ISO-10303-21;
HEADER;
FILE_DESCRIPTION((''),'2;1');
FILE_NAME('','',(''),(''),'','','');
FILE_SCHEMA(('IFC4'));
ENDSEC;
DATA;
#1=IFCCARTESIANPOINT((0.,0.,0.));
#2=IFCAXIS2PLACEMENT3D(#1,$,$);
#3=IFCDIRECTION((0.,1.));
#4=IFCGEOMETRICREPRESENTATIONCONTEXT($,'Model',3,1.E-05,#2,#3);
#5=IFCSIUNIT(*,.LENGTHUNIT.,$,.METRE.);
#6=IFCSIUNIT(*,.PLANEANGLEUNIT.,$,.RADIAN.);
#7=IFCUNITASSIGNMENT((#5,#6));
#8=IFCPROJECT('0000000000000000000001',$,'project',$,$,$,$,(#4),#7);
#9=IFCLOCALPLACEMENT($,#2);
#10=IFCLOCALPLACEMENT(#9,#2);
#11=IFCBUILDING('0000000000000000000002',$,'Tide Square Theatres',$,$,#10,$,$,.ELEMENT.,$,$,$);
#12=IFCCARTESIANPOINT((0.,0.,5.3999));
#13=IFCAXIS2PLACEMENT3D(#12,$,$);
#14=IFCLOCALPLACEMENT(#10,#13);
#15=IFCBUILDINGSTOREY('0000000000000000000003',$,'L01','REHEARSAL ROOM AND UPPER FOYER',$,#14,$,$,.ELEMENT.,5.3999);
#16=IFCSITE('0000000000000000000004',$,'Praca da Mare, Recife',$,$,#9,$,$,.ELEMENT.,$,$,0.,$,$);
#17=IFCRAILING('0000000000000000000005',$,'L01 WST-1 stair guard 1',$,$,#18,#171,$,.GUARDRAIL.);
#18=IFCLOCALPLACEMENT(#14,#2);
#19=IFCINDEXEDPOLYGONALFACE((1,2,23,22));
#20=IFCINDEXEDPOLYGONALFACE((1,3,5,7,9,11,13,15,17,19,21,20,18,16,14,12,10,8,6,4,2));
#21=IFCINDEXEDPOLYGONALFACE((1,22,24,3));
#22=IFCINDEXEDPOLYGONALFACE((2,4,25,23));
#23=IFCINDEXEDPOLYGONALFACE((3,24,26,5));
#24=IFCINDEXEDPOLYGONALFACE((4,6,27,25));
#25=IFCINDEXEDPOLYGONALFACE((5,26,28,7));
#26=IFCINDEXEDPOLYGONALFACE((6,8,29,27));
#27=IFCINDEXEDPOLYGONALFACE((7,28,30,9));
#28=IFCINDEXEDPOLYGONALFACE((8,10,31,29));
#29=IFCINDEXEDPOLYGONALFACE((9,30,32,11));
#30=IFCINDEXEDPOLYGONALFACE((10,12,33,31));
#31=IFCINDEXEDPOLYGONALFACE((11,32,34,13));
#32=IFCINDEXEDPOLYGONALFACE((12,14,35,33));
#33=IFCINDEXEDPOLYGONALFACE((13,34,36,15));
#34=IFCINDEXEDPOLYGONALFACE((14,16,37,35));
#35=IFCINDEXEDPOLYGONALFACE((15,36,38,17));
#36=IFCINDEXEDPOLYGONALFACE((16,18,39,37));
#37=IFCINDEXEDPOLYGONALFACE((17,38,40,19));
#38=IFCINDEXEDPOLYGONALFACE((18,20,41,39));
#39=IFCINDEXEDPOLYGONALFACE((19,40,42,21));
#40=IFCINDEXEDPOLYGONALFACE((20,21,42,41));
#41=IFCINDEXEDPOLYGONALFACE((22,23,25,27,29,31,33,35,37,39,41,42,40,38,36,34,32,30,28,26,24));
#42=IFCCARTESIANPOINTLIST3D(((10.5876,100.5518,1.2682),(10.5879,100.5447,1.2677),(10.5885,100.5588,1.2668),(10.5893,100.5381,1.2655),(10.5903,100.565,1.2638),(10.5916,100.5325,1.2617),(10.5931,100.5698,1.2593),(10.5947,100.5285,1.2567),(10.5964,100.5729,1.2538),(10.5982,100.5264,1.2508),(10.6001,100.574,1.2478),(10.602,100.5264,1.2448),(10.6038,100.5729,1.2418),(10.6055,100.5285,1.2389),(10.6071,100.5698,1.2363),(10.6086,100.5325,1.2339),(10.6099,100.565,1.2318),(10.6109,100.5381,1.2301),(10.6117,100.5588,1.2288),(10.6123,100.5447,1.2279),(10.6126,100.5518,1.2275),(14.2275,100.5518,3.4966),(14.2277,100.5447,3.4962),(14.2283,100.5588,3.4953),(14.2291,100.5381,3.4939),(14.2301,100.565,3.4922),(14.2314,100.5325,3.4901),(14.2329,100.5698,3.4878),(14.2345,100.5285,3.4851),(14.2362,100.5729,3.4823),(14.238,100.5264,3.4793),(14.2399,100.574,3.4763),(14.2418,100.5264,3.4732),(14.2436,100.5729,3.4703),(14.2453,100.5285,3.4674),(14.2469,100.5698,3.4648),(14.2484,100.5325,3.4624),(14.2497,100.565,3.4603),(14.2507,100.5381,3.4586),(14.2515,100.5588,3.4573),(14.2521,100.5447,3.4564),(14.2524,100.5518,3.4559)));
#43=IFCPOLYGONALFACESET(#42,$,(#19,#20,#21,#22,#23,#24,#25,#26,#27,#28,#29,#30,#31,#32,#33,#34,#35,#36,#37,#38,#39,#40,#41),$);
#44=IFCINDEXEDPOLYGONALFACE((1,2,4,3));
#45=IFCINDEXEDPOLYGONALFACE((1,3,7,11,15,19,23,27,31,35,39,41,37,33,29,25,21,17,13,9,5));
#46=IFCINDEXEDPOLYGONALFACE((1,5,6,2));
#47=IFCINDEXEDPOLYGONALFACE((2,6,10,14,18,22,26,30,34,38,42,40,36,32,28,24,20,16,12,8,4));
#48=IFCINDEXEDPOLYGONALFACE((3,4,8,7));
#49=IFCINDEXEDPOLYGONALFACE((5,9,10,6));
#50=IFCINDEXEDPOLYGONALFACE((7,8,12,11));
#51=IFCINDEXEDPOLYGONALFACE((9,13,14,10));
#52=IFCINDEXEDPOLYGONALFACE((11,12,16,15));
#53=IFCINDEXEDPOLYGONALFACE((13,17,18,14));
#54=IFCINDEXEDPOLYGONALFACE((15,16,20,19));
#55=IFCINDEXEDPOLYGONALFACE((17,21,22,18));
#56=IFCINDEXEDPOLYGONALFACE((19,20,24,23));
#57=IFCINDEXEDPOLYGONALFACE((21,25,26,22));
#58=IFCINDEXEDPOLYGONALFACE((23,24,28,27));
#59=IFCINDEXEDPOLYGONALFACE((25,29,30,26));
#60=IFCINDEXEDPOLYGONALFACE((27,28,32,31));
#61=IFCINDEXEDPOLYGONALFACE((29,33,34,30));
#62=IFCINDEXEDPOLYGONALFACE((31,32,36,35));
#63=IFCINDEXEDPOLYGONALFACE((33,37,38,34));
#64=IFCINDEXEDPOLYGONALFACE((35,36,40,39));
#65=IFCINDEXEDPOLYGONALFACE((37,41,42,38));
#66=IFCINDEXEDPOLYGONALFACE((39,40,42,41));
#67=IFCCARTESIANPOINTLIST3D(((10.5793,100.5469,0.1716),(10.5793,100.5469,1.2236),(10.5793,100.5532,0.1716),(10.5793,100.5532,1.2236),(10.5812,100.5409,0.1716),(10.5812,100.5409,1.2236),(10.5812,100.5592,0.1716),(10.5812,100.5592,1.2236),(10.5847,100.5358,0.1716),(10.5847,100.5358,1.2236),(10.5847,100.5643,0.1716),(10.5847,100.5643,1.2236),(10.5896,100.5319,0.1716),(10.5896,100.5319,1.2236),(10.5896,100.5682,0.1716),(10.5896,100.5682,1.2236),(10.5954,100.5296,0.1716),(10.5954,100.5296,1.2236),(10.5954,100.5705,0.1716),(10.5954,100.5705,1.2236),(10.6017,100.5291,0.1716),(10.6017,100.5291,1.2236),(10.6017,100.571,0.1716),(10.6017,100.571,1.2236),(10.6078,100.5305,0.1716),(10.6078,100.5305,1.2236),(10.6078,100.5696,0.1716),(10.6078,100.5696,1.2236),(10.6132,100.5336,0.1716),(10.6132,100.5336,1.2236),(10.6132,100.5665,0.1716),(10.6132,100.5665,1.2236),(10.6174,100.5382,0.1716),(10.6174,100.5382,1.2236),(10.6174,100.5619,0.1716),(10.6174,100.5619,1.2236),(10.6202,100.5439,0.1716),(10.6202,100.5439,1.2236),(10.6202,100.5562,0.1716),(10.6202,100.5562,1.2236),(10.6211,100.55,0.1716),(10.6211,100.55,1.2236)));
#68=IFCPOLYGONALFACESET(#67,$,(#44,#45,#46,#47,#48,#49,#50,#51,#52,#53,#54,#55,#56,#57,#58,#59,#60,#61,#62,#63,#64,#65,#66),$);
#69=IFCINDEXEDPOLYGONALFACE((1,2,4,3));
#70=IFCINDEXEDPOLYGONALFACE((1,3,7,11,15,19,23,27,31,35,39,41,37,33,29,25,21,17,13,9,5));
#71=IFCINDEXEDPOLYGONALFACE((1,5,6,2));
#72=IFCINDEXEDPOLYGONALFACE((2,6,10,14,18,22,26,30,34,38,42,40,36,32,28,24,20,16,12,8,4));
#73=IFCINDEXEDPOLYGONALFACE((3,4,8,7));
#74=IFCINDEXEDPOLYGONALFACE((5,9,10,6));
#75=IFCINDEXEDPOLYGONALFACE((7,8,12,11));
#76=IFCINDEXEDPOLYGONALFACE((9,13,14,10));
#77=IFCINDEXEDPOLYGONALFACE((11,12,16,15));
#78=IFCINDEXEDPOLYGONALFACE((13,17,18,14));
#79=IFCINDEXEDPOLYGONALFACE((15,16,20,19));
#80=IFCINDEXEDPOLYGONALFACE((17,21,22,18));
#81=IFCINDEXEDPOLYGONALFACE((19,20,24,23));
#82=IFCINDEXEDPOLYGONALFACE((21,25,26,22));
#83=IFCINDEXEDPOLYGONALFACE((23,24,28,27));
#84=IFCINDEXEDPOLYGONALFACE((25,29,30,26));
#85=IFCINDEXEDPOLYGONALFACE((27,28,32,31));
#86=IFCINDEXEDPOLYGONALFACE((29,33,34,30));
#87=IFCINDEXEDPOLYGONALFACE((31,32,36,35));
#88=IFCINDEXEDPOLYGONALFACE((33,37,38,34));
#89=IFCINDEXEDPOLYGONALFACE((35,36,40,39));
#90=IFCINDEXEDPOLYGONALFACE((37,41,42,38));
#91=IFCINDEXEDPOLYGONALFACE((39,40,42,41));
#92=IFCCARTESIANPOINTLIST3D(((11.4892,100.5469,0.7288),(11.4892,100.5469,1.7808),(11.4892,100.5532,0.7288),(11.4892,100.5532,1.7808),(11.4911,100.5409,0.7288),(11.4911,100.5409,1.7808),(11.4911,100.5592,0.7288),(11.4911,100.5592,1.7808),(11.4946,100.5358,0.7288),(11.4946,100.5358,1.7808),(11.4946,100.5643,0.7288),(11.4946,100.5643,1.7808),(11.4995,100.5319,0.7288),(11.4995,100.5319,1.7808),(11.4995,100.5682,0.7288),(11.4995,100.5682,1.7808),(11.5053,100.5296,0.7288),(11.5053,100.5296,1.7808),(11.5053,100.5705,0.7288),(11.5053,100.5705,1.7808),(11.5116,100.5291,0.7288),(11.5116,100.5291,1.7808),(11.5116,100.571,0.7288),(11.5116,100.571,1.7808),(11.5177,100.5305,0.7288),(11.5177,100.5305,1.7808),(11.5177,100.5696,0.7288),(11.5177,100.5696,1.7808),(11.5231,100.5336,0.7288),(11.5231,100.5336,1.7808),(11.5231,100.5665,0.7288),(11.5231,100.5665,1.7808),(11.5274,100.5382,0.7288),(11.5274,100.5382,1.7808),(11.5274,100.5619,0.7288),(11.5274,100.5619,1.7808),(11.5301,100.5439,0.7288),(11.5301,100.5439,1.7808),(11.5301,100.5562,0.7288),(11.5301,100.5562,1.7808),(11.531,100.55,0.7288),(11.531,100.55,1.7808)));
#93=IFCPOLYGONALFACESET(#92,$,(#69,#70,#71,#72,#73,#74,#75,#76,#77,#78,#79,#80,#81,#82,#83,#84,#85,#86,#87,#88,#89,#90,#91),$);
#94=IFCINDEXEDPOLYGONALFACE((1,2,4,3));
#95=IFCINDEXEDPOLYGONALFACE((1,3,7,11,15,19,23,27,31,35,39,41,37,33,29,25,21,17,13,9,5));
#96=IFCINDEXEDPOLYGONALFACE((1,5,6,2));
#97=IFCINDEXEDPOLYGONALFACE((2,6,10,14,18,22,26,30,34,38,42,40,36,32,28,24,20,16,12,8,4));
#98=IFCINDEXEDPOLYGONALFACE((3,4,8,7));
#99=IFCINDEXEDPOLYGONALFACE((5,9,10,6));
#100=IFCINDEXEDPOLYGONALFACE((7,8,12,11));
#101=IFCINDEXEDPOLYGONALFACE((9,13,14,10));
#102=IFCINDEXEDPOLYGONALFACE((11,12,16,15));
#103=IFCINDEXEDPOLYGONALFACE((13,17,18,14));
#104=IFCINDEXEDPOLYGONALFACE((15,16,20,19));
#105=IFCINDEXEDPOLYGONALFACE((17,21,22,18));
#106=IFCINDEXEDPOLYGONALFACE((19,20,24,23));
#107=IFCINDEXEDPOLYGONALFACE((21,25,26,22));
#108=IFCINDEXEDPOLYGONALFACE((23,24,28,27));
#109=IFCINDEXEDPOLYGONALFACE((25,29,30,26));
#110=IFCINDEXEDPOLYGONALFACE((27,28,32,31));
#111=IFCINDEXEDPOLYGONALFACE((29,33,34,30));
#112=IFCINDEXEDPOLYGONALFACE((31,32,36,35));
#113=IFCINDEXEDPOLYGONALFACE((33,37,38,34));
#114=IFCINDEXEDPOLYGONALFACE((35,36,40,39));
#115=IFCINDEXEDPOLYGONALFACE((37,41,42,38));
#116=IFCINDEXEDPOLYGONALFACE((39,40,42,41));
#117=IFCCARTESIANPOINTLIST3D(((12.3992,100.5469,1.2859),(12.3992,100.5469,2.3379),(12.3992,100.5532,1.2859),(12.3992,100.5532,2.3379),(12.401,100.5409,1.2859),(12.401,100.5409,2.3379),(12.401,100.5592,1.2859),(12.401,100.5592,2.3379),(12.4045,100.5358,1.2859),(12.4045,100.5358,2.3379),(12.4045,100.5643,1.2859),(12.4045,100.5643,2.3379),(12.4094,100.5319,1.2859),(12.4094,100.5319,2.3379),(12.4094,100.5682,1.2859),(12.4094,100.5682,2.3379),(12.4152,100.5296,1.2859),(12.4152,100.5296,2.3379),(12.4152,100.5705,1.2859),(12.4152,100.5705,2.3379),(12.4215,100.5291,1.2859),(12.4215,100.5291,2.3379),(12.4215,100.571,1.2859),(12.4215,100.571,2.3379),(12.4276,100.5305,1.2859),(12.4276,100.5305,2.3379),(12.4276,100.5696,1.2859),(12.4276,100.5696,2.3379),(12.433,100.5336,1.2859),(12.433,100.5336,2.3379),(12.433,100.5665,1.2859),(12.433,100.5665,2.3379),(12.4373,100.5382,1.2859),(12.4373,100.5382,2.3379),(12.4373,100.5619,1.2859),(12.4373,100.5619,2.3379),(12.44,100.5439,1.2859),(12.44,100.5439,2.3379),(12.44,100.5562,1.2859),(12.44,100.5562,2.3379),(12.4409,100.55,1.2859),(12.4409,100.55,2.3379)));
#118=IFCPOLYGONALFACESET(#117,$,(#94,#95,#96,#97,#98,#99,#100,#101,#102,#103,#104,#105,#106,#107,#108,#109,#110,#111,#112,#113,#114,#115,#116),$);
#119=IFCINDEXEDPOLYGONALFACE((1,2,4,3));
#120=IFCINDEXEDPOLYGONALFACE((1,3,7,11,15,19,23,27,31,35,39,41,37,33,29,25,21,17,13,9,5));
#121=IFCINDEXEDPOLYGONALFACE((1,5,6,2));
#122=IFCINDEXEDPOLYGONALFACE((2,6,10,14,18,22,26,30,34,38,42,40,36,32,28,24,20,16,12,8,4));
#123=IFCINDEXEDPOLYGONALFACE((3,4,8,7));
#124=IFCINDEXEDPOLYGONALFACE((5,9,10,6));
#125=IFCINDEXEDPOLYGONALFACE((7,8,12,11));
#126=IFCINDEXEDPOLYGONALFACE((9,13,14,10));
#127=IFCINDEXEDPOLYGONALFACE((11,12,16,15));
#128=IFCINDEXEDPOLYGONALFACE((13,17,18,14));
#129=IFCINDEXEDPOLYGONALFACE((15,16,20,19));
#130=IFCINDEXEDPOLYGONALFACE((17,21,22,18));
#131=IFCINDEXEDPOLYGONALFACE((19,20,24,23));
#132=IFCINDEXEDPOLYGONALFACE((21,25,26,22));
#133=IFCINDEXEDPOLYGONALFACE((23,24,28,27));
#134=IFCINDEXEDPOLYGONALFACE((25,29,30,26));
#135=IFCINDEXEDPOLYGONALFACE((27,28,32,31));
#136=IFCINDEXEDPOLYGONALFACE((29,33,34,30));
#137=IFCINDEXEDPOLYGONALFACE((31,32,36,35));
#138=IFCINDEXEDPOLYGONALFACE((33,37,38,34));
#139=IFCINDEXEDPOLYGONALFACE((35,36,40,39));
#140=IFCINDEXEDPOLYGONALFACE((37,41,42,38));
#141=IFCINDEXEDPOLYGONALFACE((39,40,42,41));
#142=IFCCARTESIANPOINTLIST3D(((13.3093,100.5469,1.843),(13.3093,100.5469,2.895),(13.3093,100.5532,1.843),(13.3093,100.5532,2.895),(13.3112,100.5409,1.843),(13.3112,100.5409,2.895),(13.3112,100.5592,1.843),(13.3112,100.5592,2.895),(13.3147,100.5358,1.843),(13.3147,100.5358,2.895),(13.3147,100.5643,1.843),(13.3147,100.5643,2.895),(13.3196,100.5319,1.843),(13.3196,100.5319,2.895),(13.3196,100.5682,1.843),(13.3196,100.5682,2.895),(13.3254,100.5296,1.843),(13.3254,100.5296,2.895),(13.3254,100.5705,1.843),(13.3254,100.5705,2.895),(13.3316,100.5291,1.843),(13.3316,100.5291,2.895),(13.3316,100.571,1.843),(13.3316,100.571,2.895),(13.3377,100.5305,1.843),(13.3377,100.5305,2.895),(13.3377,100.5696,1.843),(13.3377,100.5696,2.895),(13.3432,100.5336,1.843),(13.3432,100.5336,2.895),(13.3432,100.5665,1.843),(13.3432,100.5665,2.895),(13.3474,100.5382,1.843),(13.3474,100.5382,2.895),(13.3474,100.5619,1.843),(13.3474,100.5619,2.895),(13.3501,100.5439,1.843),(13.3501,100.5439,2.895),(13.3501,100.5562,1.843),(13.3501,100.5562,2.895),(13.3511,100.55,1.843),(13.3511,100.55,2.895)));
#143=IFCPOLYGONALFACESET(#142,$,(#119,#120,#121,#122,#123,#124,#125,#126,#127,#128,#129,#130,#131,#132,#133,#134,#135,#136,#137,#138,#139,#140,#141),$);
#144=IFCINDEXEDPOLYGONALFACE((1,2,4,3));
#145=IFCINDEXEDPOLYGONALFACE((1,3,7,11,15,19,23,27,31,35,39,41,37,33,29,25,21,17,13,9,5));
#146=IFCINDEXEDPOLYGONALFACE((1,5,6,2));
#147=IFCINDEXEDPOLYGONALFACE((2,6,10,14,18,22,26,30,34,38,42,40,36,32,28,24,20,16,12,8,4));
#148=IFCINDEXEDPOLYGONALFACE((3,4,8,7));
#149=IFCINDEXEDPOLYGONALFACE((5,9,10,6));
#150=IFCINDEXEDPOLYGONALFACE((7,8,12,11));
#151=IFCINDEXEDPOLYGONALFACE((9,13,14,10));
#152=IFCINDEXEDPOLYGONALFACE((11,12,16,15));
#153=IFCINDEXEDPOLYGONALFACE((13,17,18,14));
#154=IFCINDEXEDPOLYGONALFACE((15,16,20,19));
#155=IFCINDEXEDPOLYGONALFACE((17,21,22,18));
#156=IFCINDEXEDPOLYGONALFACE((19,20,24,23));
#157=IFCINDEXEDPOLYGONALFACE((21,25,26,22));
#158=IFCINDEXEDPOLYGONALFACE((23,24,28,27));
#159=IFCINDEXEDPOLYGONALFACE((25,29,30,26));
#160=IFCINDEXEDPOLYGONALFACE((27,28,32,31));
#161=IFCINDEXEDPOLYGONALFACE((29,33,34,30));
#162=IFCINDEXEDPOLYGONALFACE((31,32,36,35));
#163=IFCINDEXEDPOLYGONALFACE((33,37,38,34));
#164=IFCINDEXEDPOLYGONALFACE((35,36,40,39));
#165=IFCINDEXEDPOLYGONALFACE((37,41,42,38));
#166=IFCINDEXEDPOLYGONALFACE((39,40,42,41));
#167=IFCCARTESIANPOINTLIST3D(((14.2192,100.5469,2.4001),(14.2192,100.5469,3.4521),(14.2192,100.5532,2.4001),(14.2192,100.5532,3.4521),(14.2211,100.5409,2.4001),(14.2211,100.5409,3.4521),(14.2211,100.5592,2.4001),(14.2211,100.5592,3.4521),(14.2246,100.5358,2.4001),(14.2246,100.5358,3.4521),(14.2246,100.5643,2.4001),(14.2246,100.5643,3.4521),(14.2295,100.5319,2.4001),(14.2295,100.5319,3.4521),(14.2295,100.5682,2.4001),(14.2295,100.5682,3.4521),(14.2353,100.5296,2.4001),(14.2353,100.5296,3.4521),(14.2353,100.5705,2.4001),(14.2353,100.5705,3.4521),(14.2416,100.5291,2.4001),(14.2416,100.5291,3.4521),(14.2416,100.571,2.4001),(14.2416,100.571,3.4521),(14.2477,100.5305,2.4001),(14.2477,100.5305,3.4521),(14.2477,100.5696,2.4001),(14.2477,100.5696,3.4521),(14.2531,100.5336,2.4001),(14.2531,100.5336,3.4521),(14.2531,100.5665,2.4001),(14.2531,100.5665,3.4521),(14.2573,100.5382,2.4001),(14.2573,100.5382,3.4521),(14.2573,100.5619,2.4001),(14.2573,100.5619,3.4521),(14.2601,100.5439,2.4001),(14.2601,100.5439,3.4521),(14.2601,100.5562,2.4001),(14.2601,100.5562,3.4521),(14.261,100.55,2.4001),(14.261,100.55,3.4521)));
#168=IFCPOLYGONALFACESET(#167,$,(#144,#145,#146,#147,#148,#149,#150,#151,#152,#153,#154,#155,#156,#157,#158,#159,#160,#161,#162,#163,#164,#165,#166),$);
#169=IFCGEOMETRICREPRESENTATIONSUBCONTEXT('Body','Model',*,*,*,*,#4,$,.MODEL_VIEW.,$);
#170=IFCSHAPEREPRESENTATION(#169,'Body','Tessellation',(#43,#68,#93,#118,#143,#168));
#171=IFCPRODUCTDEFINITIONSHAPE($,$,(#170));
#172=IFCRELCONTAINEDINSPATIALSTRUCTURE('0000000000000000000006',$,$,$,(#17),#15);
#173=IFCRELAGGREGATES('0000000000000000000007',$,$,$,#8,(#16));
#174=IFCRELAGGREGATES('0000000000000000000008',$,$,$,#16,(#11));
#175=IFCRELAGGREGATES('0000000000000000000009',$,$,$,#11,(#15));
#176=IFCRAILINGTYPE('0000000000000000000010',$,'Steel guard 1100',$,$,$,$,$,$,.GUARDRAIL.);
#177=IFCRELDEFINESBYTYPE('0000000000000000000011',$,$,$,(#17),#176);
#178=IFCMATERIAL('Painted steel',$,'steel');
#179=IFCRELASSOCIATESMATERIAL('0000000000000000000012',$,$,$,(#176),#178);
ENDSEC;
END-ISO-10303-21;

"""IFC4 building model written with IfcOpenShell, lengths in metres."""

from ifc_helpers import new_model, si_unit, direction, frame, origin, origin_2d, place, context, subcontext, project, spatial, circle, extrude, material, type_object, element, save


model = new_model("IFC4")

# Units and contexts
model_context = context("Model", 3, precision=1e-05, world=origin(), true_north=direction((0.0, 1.0)))
body_context = subcontext(model_context, "Body", "Model", "MODEL_VIEW")
ifc_project = project(units=[si_unit("LENGTHUNIT", "METRE"), si_unit("PLANEANGLEUNIT", "RADIAN")], contexts=[model_context])

# Site, building, storey
site_placement = place(None, origin())
site = spatial("IfcSite", under=ifc_project, at=site_placement, Name="Praca da Mare, Recife", CompositionType="ELEMENT", RefElevation=0.0)
building_placement = place(site_placement, origin())
building = spatial("IfcBuilding", under=site, at=building_placement, Name="Tide Square Theatres", CompositionType="ELEMENT")
storey_placement = place(building_placement, frame((0.0, 0.0, 5.3999)))
storey = spatial("IfcBuildingStorey", under=building, at=storey_placement, Name="L01", Description="REHEARSAL ROOM AND UPPER FOYER", CompositionType="ELEMENT", Elevation=5.3999)

# Railing
ifc_material_1 = material(Name="Painted steel", Category="steel")
railing_type_1 = type_object("IfcRailingType", Name="Steel guard 1100", PredefinedType="GUARDRAIL", material=ifc_material_1)
railing_1_placement = place(storey_placement, frame((10.6001, 100.55, 0.1716)))
element("IfcRailing", 1, at=railing_1_placement, inside=storey, type_object=railing_type_1, Name="L01 WST-1 stair guard 1", PredefinedType="GUARDRAIL", context=body_context, shape_type="SweptSolid", body=[
    extrude(circle(Radius=0.0239, at=origin_2d()), frame((0.0, 0.0, 1.0762), z_axis=(0.85285, 0.0, 0.522156), x_axis=(0.0, 1.0, 0.0)), (0.0, 0.0, 1.0), 4.2678),
    extrude(circle(Radius=0.021, at=origin_2d()), origin(), (0.0, 0.0, 1.0), 1.052),
    extrude(circle(Radius=0.021, at=origin_2d()), frame((0.9099, 0.0, 0.5571)), (0.0, 0.0, 1.0), 1.052),
    extrude(circle(Radius=0.021, at=origin_2d()), frame((1.8198, 0.0, 1.1143)), (0.0, 0.0, 1.0), 1.052),
    extrude(circle(Radius=0.021, at=origin_2d()), frame((2.73, 0.0, 1.6714)), (0.0, 0.0, 1.0), 1.052),
    extrude(circle(Radius=0.021, at=origin_2d()), frame((3.6399, 0.0, 2.2285)), (0.0, 0.0, 1.0), 1.052),
])

save(model, "model.ifc")
